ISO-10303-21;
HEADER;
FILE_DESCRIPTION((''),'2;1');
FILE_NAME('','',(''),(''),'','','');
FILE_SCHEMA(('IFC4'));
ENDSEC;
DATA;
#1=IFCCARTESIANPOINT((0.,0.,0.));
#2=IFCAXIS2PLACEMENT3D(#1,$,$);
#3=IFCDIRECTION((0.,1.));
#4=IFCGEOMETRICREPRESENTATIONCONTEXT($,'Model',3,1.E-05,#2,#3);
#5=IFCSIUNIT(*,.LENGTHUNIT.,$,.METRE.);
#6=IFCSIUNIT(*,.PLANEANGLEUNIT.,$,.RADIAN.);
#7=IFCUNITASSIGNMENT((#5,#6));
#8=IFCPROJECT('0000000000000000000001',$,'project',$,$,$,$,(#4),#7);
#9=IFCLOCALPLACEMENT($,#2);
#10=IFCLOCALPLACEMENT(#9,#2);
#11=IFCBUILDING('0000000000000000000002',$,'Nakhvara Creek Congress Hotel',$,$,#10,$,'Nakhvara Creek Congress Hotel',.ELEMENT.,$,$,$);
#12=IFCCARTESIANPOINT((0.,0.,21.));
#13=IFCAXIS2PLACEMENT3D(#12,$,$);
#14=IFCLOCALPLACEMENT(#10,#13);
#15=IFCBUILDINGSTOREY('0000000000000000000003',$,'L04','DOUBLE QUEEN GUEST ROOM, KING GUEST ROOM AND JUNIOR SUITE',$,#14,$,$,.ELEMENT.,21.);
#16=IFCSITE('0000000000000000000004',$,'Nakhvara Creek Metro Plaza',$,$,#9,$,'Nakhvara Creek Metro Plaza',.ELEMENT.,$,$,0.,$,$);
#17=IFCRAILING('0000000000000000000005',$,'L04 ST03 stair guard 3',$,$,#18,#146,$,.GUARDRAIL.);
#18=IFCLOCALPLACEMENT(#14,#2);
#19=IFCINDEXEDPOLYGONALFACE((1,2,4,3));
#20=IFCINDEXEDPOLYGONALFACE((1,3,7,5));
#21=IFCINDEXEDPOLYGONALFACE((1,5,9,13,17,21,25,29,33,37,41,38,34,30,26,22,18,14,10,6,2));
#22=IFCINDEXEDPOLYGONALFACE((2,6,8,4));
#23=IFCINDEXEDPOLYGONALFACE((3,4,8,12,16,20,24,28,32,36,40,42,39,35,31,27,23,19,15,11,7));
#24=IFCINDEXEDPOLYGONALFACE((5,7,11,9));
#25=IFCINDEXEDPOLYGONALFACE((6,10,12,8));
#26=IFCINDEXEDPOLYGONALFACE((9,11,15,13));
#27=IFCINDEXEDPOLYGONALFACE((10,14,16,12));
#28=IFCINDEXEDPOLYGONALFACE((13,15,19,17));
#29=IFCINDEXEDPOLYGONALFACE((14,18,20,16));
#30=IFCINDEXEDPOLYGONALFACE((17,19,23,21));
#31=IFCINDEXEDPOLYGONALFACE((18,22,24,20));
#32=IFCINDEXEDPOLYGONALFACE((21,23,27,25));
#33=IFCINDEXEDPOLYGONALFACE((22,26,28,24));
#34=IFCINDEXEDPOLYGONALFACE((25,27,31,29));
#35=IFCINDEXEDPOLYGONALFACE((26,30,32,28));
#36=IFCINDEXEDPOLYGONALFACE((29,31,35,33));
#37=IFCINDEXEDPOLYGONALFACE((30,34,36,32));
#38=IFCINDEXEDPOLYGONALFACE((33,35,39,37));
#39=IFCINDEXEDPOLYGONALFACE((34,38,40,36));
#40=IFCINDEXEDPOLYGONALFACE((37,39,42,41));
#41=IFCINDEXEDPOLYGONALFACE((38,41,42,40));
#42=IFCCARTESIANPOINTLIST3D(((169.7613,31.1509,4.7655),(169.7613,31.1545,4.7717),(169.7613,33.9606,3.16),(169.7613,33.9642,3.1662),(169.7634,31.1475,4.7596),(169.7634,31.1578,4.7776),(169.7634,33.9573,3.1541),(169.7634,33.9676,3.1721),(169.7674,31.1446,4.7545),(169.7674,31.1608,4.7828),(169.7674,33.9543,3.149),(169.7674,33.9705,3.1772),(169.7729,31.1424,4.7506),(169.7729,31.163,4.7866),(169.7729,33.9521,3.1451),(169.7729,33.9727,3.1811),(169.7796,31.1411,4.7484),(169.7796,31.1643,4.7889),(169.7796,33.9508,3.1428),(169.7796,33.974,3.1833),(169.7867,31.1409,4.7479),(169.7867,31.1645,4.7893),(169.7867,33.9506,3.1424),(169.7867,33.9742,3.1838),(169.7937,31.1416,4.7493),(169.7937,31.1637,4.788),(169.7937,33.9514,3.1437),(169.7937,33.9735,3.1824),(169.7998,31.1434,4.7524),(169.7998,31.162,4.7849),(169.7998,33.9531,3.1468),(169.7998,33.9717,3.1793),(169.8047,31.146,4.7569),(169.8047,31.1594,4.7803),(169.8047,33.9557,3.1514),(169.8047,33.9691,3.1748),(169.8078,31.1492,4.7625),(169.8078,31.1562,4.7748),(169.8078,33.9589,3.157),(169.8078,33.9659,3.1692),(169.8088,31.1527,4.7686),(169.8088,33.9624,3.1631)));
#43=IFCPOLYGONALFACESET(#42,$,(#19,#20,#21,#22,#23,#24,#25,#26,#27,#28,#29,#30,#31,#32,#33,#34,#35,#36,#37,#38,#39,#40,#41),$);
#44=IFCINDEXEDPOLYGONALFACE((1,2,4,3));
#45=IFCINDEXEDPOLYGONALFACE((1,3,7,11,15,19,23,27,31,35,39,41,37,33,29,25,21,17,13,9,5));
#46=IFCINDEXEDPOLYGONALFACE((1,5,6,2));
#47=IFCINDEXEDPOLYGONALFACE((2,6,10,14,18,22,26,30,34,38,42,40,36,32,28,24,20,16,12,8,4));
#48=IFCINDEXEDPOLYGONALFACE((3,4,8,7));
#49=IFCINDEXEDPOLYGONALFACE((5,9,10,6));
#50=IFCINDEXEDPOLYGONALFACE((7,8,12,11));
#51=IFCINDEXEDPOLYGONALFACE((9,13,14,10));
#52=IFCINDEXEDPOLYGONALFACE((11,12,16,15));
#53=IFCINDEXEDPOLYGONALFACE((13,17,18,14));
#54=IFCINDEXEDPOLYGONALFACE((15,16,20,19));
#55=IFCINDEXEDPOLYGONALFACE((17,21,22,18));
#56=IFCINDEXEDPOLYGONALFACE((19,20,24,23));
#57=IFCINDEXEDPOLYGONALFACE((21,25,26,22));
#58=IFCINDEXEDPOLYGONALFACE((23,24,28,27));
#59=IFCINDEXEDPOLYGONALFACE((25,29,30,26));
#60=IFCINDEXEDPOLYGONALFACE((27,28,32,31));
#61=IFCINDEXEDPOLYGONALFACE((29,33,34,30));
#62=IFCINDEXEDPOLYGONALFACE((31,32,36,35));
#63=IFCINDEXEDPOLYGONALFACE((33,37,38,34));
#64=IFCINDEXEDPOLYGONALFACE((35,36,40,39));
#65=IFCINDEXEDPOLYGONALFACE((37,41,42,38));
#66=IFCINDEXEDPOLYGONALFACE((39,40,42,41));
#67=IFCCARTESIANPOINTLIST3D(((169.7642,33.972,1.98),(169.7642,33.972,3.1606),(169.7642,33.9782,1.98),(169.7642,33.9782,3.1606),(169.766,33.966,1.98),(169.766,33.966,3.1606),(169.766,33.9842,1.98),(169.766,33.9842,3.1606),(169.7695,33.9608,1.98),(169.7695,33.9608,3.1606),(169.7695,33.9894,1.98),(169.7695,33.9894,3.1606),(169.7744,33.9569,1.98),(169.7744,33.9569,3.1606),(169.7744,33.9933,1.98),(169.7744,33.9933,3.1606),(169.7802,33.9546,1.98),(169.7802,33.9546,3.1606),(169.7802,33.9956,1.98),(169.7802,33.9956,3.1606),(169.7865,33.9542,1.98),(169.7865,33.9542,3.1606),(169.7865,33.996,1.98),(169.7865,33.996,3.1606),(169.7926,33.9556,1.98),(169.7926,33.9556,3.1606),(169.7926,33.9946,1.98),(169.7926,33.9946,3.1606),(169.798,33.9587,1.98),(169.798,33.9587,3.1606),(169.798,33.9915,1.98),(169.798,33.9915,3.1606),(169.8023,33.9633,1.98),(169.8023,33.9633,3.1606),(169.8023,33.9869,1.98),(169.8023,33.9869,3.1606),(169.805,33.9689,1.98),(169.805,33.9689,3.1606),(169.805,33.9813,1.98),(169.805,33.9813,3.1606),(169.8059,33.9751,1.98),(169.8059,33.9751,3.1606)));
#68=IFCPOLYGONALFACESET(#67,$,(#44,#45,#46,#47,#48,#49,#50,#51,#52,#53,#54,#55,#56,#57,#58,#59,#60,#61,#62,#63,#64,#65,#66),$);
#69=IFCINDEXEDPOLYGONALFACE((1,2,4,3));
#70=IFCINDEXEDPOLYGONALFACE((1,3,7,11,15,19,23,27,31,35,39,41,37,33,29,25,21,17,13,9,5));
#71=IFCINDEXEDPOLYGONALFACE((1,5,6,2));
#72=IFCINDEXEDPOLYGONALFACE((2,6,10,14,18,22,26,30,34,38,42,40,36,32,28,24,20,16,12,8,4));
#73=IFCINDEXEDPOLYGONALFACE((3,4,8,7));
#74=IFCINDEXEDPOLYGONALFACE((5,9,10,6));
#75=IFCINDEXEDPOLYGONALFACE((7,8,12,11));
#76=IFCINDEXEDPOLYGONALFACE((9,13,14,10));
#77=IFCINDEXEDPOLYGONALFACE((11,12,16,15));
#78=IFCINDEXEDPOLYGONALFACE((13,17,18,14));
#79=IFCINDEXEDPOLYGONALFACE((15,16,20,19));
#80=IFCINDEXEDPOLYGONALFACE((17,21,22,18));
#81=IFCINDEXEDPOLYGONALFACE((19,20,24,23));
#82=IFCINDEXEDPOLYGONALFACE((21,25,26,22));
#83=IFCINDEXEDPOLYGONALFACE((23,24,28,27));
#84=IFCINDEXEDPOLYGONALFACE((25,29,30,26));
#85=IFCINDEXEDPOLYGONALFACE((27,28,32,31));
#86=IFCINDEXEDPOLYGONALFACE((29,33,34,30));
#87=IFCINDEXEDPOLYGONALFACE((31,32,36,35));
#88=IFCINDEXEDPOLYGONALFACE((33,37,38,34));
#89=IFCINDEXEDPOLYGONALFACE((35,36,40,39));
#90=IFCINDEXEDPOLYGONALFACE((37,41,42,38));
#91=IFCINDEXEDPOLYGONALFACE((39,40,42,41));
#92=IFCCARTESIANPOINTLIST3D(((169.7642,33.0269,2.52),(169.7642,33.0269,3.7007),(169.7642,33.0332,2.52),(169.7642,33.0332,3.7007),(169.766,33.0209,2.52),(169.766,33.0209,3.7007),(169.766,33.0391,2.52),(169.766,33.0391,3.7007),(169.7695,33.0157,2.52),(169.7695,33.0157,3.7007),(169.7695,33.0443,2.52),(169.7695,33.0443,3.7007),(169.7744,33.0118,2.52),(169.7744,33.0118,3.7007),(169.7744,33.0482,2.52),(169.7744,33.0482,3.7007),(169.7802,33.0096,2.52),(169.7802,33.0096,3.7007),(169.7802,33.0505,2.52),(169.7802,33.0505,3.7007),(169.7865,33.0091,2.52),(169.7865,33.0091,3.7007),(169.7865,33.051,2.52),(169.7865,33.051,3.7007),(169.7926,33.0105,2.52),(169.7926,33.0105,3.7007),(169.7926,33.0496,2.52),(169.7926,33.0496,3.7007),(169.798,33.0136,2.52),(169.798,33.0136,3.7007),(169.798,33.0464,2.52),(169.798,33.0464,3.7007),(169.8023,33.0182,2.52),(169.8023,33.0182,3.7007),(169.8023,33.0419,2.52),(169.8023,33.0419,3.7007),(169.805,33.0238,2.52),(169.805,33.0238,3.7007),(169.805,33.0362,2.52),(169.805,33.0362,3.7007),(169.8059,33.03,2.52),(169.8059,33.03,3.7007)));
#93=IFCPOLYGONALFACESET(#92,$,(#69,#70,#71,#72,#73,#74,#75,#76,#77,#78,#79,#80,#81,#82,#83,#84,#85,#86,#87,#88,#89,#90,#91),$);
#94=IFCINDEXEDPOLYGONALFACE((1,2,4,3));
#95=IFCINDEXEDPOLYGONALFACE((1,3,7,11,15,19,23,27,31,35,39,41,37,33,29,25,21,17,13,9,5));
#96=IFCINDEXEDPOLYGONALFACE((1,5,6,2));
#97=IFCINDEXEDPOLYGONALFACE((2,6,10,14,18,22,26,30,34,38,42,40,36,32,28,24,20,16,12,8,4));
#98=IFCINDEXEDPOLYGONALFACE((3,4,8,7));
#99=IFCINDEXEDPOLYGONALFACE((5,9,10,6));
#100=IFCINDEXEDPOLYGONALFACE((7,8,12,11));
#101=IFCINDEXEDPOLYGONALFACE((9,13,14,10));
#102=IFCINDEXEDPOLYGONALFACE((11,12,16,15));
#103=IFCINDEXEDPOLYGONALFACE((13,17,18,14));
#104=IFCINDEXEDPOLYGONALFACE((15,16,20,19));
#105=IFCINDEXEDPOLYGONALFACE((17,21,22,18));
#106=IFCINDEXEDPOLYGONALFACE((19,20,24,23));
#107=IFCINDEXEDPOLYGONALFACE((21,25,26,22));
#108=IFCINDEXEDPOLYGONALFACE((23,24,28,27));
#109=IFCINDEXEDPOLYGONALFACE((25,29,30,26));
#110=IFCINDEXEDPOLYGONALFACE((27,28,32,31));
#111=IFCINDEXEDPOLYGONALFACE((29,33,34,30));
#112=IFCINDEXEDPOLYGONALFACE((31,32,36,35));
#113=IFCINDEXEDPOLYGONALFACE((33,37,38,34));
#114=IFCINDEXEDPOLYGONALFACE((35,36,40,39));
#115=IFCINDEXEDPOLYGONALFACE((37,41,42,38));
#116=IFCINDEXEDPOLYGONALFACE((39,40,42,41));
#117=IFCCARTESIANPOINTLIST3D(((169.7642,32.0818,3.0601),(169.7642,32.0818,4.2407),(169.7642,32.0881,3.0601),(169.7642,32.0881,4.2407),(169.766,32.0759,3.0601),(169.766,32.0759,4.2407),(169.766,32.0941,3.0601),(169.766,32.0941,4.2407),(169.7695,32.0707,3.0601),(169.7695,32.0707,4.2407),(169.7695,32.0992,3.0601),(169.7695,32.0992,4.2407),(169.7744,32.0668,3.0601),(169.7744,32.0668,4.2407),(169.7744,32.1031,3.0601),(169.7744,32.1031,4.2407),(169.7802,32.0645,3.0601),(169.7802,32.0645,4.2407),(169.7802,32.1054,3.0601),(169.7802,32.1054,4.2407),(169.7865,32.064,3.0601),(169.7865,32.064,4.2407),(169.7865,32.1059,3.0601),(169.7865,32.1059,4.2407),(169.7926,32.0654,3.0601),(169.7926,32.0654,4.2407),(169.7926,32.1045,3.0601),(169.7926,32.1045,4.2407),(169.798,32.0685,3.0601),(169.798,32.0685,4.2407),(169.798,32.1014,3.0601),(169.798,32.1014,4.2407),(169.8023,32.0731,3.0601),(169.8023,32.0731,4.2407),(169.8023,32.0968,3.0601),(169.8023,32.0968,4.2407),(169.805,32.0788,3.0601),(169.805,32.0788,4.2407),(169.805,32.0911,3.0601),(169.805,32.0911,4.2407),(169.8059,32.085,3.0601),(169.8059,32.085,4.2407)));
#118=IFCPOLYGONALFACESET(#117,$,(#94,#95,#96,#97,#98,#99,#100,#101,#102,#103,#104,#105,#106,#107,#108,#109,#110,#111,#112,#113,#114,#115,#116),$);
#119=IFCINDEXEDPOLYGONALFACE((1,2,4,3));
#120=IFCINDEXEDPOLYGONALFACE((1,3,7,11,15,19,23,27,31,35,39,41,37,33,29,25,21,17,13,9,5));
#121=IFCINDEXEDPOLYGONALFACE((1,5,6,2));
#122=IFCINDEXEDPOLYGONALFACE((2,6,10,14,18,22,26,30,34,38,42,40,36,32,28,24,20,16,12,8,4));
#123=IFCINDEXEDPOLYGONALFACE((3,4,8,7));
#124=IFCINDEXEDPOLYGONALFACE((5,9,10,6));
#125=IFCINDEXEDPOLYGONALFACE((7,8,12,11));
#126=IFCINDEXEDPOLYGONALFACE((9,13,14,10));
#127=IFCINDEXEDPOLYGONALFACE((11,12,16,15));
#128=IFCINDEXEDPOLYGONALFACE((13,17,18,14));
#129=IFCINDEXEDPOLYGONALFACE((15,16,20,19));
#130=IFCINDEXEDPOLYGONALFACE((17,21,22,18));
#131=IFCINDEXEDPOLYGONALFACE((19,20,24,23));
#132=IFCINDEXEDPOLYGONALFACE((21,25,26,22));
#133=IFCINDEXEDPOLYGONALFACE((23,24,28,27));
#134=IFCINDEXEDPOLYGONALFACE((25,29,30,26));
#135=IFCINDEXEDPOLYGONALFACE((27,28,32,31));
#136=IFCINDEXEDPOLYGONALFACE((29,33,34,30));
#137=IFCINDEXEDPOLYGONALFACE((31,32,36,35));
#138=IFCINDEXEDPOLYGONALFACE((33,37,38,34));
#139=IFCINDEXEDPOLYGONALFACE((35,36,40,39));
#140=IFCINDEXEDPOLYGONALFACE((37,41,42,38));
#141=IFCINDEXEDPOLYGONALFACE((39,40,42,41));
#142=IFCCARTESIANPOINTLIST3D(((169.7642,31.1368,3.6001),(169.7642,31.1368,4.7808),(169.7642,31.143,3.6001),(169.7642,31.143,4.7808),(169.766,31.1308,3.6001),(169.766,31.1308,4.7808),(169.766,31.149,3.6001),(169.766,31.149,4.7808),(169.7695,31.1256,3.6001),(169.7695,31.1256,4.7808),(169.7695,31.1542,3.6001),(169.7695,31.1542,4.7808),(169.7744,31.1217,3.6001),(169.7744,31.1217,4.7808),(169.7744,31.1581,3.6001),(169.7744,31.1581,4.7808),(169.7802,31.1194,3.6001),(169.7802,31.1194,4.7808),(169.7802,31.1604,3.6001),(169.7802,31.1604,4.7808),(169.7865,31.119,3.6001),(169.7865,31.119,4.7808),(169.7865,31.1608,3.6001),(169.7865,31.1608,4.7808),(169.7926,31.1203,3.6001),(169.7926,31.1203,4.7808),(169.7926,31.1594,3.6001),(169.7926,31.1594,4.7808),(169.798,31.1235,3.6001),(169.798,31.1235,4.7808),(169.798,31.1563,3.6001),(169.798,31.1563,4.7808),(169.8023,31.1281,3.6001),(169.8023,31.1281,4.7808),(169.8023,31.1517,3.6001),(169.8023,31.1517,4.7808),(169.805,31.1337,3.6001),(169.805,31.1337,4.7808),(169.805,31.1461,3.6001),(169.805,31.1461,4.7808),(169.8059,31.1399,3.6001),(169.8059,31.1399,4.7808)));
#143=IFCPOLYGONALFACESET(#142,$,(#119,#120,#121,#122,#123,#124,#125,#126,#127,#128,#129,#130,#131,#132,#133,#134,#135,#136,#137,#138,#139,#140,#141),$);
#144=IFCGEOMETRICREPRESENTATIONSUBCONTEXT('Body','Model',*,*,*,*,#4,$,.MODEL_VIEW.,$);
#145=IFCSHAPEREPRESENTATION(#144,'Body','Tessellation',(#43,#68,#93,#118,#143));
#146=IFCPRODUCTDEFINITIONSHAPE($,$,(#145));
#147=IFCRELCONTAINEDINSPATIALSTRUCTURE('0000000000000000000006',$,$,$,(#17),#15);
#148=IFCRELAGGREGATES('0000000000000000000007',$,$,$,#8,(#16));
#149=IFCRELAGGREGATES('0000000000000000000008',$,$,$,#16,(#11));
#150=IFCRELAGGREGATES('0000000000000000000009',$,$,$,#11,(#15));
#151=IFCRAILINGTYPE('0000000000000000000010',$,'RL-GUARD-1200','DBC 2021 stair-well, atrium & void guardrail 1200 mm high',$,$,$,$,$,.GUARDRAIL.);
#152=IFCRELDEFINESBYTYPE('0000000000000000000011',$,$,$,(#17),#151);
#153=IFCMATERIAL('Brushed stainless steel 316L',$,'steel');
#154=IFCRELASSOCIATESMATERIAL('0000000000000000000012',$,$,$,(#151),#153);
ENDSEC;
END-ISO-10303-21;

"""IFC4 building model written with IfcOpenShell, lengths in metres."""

from ifc_helpers import new_model, si_unit, direction, frame, origin, origin_2d, place, context, subcontext, project, spatial, circle, extrude, material, type_object, element, save


model = new_model("IFC4")

# Units and contexts
model_context = context("Model", 3, precision=1e-05, world=origin(), true_north=direction((0.0, 1.0)))
body_context = subcontext(model_context, "Body", "Model", "MODEL_VIEW")
ifc_project = project(units=[si_unit("LENGTHUNIT", "METRE"), si_unit("PLANEANGLEUNIT", "RADIAN")], contexts=[model_context])

# Site, building, storey
site_placement = place(None, origin())
site = spatial("IfcSite", under=ifc_project, at=site_placement, Name="Nakhvara Creek Metro Plaza", LongName="Nakhvara Creek Metro Plaza", CompositionType="ELEMENT", RefElevation=0.0)
building_placement = place(site_placement, origin())
building = spatial("IfcBuilding", under=site, at=building_placement, Name="Nakhvara Creek Congress Hotel", LongName="Nakhvara Creek Congress Hotel", CompositionType="ELEMENT")
storey_placement = place(building_placement, frame((0.0, 0.0, 21.0)))
storey = spatial("IfcBuildingStorey", under=building, at=storey_placement, Name="L04", Description="DOUBLE QUEEN GUEST ROOM, KING GUEST ROOM AND JUNIOR SUITE", CompositionType="ELEMENT", Elevation=21.0)

# Railing
ifc_material_1 = material(Name="Brushed stainless steel 316L", Category="steel")
railing_type_1 = type_object("IfcRailingType", Name="RL-GUARD-1200", Description="DBC 2021 stair-well, atrium & void guardrail 1200 mm high", PredefinedType="GUARDRAIL", material=ifc_material_1)
railing_1_placement = place(storey_placement, frame((169.7849, 33.9751, 1.98)))
element("IfcRailing", 1, at=railing_1_placement, inside=storey, type_object=railing_type_1, Name="L04 ST03 stair guard 3", PredefinedType="GUARDRAIL", context=body_context, shape_type="SweptSolid", body=[
    extrude(circle(Radius=0.0239, at=origin_2d()), frame((0.0, -0.0127, 1.1831), z_axis=(0.0, -0.868243, 0.496139), x_axis=(1.0, 0.0, 0.0)), (0.0, 0.0, 1.0), 3.2361),
    extrude(circle(Radius=0.021, at=origin_2d()), origin(), (0.0, 0.0, 1.0), 1.1807),
    extrude(circle(Radius=0.021, at=origin_2d()), frame((0.0, -0.9451, 0.54)), (0.0, 0.0, 1.0), 1.1807),
    extrude(circle(Radius=0.021, at=origin_2d()), frame((0.0, -1.8901, 1.0801)), (0.0, 0.0, 1.0), 1.1807),
    extrude(circle(Radius=0.021, at=origin_2d()), frame((0.0, -2.8352, 1.6201)), (0.0, 0.0, 1.0), 1.1807),
])

save(model, "model.ifc")
